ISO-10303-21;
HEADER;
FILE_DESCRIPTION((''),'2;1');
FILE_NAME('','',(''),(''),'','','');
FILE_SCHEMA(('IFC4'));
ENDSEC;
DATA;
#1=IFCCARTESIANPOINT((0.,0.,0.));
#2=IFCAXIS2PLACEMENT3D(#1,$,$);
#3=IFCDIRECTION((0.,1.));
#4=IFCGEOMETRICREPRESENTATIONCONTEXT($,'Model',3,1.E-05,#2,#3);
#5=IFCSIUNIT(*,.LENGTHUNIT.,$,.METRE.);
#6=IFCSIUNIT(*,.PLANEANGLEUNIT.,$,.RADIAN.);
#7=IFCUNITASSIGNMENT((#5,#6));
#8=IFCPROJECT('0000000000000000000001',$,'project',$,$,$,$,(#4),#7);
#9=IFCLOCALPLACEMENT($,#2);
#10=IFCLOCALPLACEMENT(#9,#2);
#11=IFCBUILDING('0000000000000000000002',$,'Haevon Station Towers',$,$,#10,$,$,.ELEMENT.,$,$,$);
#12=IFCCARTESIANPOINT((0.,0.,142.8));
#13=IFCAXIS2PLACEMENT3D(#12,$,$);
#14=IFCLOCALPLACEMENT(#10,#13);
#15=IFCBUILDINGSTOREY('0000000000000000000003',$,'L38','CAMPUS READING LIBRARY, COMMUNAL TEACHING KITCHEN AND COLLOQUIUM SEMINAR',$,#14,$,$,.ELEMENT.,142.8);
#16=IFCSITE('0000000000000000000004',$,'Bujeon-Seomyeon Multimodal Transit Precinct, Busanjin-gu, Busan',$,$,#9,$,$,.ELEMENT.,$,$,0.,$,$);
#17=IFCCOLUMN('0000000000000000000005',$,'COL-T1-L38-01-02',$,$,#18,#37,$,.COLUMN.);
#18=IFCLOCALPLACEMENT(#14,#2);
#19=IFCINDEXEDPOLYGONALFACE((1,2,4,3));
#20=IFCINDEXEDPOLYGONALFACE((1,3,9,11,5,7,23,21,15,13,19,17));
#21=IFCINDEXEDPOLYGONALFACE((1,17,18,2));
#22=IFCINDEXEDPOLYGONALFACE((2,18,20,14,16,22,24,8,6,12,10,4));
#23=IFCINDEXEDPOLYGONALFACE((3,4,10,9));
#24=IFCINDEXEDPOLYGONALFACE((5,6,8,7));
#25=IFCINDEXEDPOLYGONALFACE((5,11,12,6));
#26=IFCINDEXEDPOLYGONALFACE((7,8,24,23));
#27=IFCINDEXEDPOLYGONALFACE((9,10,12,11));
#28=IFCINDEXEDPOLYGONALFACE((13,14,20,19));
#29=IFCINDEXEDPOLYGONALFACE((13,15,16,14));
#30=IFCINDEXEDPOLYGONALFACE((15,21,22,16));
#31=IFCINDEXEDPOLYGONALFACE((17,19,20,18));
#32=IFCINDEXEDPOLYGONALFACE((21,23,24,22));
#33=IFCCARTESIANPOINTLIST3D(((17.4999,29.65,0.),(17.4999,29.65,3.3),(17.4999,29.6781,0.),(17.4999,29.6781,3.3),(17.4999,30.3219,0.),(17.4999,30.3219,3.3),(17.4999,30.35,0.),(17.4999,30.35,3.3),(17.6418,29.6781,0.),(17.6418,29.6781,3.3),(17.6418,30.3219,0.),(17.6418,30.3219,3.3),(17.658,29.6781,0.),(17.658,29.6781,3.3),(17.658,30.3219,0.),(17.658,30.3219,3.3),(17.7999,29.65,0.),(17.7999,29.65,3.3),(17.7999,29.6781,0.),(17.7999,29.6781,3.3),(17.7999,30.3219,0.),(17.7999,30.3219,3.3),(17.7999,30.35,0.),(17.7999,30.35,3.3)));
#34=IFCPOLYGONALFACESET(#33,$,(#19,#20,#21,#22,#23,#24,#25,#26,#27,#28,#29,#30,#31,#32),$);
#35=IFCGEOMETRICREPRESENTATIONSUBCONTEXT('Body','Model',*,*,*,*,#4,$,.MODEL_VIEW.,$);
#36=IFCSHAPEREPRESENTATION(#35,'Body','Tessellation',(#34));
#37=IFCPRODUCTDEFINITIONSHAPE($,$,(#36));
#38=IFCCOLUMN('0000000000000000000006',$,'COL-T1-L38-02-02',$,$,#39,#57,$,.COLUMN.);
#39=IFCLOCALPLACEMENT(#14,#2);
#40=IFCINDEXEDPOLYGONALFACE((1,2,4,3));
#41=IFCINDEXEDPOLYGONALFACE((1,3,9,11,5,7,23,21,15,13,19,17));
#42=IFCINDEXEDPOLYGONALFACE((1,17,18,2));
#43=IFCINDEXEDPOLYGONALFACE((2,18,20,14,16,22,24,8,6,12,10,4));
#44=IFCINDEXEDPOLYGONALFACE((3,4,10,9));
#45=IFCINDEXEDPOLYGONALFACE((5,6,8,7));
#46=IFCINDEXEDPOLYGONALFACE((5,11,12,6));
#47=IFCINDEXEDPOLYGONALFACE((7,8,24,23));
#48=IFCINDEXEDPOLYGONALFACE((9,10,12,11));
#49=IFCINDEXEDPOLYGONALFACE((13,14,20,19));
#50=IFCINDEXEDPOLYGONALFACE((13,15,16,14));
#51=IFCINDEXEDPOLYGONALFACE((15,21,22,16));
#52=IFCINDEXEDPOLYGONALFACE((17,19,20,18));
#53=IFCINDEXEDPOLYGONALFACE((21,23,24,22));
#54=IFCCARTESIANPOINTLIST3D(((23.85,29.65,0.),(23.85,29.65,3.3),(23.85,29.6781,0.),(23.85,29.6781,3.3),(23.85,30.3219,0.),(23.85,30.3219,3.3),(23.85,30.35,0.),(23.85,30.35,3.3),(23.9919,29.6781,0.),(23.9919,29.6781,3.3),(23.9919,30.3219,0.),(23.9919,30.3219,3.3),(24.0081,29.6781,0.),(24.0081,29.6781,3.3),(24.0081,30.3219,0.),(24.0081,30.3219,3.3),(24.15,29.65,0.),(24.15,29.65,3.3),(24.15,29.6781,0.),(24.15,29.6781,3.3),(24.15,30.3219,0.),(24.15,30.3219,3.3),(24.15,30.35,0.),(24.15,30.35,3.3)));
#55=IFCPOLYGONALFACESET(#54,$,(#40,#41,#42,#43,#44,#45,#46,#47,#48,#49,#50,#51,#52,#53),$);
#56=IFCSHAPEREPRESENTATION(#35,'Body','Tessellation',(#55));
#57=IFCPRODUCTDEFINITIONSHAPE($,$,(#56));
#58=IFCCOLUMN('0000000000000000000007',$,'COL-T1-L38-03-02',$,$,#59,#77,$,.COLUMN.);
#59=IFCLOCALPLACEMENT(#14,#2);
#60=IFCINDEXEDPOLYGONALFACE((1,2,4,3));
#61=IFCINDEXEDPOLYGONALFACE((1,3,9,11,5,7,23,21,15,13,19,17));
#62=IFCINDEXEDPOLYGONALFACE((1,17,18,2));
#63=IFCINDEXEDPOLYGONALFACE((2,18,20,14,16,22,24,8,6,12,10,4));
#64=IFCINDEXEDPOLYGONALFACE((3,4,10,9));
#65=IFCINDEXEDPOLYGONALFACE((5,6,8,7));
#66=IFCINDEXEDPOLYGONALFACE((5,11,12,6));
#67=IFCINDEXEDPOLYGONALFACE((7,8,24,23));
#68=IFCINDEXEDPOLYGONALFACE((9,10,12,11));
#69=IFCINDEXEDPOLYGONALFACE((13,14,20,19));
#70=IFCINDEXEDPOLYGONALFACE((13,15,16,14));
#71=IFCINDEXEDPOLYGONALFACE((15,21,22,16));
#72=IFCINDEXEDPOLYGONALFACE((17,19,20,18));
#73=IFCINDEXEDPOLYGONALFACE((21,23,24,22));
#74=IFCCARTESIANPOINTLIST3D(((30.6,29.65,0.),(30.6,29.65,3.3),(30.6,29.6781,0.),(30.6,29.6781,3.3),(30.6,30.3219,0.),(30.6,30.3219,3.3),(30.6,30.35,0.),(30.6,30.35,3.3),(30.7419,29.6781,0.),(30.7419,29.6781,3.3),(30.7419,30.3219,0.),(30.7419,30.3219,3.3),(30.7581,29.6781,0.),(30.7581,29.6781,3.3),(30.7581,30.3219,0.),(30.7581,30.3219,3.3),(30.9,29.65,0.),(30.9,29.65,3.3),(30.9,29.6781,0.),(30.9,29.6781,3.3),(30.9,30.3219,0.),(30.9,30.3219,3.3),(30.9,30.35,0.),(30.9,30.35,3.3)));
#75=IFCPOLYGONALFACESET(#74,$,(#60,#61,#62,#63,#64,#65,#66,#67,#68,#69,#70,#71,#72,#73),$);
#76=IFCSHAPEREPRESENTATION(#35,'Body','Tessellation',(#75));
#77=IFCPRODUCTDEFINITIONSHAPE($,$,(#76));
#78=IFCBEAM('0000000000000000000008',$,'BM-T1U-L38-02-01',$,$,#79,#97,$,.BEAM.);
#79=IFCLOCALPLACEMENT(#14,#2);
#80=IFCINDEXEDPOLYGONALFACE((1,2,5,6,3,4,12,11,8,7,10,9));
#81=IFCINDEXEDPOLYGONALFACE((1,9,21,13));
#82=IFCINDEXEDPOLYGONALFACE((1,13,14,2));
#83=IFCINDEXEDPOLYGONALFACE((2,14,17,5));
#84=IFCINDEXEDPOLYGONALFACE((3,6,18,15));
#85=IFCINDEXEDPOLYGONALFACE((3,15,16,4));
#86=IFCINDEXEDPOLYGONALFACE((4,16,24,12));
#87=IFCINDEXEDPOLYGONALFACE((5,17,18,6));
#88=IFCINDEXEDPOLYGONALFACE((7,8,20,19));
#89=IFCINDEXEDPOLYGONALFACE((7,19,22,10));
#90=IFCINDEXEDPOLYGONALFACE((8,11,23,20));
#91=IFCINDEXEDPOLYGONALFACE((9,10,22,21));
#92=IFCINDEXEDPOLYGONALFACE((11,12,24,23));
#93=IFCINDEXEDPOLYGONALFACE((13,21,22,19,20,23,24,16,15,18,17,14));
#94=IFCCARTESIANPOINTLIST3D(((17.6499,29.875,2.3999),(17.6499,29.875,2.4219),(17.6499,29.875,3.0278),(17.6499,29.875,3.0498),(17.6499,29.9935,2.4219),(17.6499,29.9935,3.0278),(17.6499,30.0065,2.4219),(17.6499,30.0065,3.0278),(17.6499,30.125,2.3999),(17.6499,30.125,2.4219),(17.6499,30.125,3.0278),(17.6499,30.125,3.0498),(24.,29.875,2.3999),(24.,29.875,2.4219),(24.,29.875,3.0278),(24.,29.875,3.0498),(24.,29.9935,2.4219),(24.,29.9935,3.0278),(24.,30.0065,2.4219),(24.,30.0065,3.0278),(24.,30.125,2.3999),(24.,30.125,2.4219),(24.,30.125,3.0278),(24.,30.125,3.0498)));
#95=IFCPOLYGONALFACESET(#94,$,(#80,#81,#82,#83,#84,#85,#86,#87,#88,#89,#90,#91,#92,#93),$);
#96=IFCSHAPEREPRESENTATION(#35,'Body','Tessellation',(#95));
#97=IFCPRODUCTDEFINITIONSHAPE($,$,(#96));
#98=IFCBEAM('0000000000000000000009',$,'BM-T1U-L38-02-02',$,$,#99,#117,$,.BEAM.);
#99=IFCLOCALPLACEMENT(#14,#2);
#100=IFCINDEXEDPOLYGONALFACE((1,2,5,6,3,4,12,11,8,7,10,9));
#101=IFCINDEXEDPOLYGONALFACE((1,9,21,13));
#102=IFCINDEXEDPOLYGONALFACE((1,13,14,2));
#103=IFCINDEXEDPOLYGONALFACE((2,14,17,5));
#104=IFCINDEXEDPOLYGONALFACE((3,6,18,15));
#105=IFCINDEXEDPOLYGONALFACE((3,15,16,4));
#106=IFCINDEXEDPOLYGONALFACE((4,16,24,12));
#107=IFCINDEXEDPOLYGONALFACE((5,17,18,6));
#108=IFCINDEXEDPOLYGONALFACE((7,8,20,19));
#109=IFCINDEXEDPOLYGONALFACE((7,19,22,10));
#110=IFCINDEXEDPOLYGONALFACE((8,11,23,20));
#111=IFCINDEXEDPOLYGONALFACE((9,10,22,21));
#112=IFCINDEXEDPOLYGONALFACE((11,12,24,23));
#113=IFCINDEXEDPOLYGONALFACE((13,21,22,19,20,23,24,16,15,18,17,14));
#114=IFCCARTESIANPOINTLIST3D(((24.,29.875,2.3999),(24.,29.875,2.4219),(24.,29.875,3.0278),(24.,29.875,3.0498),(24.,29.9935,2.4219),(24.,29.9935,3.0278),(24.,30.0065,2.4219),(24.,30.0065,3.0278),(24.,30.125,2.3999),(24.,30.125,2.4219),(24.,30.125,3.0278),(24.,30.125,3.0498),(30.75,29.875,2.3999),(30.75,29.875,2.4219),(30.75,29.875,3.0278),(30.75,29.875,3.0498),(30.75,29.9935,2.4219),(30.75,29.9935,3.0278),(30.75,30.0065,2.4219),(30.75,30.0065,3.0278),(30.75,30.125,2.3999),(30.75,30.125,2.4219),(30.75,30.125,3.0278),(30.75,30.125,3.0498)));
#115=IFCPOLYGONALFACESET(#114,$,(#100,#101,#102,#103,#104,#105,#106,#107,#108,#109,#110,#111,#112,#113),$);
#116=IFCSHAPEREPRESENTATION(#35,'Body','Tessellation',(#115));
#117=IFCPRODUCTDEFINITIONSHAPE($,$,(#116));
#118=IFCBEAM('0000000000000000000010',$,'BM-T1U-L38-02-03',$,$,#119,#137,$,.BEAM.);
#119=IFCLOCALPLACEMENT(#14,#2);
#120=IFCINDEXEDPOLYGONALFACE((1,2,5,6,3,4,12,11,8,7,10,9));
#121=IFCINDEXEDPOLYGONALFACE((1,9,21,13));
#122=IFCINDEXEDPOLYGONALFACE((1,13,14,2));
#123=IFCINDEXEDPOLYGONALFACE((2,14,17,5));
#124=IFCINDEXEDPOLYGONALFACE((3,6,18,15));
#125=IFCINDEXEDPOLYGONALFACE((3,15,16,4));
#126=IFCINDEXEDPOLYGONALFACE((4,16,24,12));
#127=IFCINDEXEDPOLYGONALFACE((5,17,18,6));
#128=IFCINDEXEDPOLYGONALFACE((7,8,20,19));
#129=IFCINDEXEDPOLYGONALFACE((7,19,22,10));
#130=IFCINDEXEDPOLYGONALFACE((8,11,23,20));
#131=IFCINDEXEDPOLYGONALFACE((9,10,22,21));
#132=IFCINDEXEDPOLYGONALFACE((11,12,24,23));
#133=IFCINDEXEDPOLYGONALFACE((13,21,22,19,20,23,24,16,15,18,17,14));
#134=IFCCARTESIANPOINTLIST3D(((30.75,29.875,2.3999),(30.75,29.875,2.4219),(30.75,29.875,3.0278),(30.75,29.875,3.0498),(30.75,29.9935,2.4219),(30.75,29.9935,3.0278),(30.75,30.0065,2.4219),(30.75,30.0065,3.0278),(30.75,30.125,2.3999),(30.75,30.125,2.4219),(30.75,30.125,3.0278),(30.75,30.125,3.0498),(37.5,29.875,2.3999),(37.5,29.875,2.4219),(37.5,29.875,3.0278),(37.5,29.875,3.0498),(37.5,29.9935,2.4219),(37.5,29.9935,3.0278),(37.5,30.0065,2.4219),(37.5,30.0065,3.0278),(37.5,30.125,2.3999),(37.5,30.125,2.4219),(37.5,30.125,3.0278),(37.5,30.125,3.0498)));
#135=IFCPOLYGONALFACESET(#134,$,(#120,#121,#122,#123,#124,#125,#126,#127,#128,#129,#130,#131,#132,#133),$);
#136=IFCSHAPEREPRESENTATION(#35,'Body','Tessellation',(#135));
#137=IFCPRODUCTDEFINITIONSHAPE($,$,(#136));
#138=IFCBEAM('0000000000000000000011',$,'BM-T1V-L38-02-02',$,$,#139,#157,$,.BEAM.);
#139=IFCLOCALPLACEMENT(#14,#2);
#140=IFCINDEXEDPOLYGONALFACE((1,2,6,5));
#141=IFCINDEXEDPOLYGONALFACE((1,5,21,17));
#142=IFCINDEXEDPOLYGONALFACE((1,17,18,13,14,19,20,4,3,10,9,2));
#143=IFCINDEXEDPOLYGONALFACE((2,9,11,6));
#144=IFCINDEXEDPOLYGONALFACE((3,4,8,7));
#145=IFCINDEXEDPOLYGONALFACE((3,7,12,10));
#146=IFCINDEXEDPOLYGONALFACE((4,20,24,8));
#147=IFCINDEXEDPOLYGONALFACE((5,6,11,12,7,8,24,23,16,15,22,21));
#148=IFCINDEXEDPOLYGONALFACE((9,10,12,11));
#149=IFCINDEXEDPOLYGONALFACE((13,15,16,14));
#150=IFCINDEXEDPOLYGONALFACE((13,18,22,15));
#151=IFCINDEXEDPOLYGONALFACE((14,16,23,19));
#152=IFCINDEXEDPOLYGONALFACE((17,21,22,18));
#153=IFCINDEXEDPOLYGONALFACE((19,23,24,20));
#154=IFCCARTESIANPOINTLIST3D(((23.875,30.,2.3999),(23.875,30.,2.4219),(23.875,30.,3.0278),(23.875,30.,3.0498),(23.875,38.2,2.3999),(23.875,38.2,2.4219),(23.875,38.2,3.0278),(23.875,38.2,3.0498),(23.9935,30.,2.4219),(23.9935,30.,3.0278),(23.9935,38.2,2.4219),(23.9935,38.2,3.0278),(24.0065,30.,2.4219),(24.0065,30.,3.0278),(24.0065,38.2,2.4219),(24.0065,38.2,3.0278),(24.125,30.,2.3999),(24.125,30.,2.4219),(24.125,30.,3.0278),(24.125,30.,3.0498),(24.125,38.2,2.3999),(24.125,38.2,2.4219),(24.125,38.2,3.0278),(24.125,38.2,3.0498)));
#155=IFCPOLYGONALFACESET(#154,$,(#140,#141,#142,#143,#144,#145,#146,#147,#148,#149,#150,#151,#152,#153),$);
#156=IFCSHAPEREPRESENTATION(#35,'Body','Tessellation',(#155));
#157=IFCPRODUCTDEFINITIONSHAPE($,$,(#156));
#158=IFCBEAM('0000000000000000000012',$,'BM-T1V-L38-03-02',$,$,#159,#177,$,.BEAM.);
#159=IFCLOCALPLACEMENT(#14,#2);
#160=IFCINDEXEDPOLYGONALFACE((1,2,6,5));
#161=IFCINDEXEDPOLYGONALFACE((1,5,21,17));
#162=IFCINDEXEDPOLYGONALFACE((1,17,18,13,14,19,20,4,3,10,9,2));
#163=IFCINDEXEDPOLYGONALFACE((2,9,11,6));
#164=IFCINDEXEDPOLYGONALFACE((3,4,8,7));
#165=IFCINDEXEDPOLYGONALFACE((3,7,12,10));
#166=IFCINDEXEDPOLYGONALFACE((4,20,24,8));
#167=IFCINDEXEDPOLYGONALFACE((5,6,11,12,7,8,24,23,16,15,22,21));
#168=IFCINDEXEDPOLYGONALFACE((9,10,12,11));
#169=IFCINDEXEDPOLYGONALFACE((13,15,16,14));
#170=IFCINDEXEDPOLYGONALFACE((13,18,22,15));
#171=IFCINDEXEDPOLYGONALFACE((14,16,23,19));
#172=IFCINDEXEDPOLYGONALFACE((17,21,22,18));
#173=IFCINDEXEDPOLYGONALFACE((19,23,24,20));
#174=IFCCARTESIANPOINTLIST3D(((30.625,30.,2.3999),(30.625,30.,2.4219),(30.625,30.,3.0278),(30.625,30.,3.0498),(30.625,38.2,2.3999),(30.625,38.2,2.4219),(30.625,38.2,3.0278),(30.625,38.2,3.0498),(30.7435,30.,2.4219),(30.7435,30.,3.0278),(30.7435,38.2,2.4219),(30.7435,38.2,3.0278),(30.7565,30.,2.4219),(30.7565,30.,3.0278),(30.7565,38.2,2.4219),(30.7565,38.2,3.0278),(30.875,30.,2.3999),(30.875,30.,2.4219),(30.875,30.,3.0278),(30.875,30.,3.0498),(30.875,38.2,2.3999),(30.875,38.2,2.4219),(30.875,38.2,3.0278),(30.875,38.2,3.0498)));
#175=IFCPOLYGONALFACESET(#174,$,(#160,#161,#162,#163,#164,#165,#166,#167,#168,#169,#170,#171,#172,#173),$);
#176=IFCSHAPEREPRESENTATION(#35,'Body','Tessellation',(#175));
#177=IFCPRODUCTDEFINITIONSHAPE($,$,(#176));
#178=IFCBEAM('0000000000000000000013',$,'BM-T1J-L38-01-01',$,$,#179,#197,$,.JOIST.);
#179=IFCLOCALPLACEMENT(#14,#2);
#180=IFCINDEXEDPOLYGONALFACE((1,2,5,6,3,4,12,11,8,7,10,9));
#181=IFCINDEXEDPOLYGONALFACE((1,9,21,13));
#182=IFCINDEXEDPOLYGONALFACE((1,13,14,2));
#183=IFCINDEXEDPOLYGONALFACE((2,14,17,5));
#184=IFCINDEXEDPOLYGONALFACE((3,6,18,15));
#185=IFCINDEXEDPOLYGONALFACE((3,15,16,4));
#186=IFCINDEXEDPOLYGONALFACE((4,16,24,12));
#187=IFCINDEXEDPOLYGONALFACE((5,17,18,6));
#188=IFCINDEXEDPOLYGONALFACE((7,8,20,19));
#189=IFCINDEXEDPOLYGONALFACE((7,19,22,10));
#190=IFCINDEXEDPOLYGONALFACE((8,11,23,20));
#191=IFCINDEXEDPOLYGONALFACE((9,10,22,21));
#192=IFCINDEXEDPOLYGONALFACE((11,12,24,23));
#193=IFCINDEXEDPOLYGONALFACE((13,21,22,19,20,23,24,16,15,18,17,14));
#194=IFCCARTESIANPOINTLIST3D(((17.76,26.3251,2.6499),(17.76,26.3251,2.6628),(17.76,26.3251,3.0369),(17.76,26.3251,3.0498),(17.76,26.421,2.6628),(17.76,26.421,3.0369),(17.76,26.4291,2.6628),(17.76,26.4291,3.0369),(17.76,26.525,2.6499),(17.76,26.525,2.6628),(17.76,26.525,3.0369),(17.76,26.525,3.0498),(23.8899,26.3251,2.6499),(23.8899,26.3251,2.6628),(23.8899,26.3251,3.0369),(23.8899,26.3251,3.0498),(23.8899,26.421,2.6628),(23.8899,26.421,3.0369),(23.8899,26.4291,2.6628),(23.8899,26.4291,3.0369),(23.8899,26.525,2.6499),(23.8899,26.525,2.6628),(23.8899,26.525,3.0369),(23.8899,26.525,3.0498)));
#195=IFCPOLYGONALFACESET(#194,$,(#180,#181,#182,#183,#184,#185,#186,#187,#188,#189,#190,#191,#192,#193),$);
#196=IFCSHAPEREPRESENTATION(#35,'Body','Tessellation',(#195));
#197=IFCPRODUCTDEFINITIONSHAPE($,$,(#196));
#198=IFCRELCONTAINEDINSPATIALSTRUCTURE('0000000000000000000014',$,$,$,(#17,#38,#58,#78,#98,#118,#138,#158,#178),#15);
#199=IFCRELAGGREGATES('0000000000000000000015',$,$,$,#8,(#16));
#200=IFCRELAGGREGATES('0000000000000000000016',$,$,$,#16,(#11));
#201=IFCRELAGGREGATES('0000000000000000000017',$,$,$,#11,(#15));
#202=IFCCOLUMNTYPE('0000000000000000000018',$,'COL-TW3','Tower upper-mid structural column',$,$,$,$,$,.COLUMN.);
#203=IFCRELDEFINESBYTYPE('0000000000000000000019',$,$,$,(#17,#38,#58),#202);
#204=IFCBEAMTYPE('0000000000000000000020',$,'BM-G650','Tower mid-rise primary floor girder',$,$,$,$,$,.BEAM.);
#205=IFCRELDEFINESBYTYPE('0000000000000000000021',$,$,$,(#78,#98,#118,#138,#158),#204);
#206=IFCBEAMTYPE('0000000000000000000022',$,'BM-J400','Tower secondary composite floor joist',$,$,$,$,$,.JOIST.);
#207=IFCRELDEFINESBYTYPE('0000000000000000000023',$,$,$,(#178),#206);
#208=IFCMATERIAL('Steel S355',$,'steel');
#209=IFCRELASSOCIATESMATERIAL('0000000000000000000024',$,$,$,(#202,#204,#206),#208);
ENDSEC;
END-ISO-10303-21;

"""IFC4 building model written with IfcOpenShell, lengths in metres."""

from ifc_helpers import new_model, si_unit, direction, frame, origin, origin_2d, place, context, subcontext, project, spatial, i_section, extrude, material, material_profile, profile_set, type_object, element, save


model = new_model("IFC4")

# Units and contexts
model_context = context("Model", 3, precision=1e-05, world=origin(), true_north=direction((0.0, 1.0)))
body_context = subcontext(model_context, "Body", "Model", "MODEL_VIEW")
ifc_project = project(units=[si_unit("LENGTHUNIT", "METRE"), si_unit("PLANEANGLEUNIT", "RADIAN")], contexts=[model_context])

# Site, building, storey
site_placement = place(None, origin())
site = spatial("IfcSite", under=ifc_project, at=site_placement, Name="Bujeon-Seomyeon Multimodal Transit Precinct, Busanjin-gu, Busan", CompositionType="ELEMENT", RefElevation=0.0)
building_placement = place(site_placement, origin())
building = spatial("IfcBuilding", under=site, at=building_placement, Name="Haevon Station Towers", CompositionType="ELEMENT")
storey_placement = place(building_placement, frame((0.0, 0.0, 142.8)))
storey = spatial("IfcBuildingStorey", under=building, at=storey_placement, Name="L38", Description="CAMPUS READING LIBRARY, COMMUNAL TEACHING KITCHEN AND COLLOQUIUM SEMINAR", CompositionType="ELEMENT", Elevation=142.8)

# Columns
ifc_material_1 = material(Name="Steel S355", Category="steel")
ifc_material_profile_1 = material_profile(ifc_material_1, i_section(OverallWidth=0.3, OverallDepth=0.7, WebThickness=0.0161, FlangeThickness=0.0281, at=origin_2d()), Name="H-700x300x16x28")
ifc_profile_set_1 = profile_set([ifc_material_profile_1], Name="Steel S355")
column_type = type_object("IfcColumnType", Name="COL-TW3", Description="Tower upper-mid structural column", PredefinedType="COLUMN", material=ifc_profile_set_1)
for number, where, z_axis, x_axis, name in (
    (1, (17.6499, 30.0, 0.0), (0.0, 0.0, 1.0), (1.0, 0.0, 0.0), "COL-T1-L38-01-02"),
    (2, (24.0, 30.0, 0.0), (0.0, 0.0, 1.0), (1.0, 0.0, 0.0), "COL-T1-L38-02-02"),
    (3, (30.75, 30.0, 0.0), (0.0, 0.0, 1.0), (1.0, 0.0, 0.0), "COL-T1-L38-03-02"),
):
    element("IfcColumn", number, at=place(storey_placement, frame(where, z_axis=z_axis, x_axis=x_axis)), inside=storey, type_object=column_type, Name=name, PredefinedType="COLUMN", context=body_context, shape_type="SweptSolid", body=[
        extrude(i_section(OverallWidth=0.3, OverallDepth=0.7, WebThickness=0.0161, FlangeThickness=0.0281, at=origin_2d()), origin(), (0.0, 0.0, 1.0), 3.3),
    ])

# Beams
ifc_material_profile_2 = material_profile(ifc_material_1, i_section(OverallWidth=0.25, OverallDepth=0.6499, WebThickness=0.0129, FlangeThickness=0.022, at=origin_2d()), Name="H-650x250x13x22")
ifc_profile_set_2 = profile_set([ifc_material_profile_2], Name="Steel S355")
beam_type_1 = type_object("IfcBeamType", Name="BM-G650", Description="Tower mid-rise primary floor girder", PredefinedType="BEAM", material=ifc_profile_set_2)
beam_1_placement = place(storey_placement, frame((17.6499, 30.0, 2.7249), z_axis=(1.0, 0.0, 0.0), x_axis=(0.0, 1.0, 0.0)))
element("IfcBeam", 4, at=beam_1_placement, inside=storey, type_object=beam_type_1, Name="BM-T1U-L38-02-01", PredefinedType="BEAM", context=body_context, shape_type="SweptSolid", body=[
    extrude(i_section(OverallWidth=0.25, OverallDepth=0.6499, WebThickness=0.0129, FlangeThickness=0.022, at=origin_2d()), origin(), (0.0, 0.0, 1.0), 6.3501),
])
for number, where, z_axis, x_axis, name in (
    (5, (24.0, 30.0, 2.7249), (1.0, 0.0, 0.0), (0.0, 1.0, 0.0), "BM-T1U-L38-02-02"),
    (6, (30.75, 30.0, 2.7249), (1.0, 0.0, 0.0), (0.0, 1.0, 0.0), "BM-T1U-L38-02-03"),
):
    element("IfcBeam", number, at=place(storey_placement, frame(where, z_axis=z_axis, x_axis=x_axis)), inside=storey, type_object=beam_type_1, Name=name, PredefinedType="BEAM", context=body_context, shape_type="SweptSolid", body=[
        extrude(i_section(OverallWidth=0.25, OverallDepth=0.6499, WebThickness=0.0129, FlangeThickness=0.022, at=origin_2d()), origin(), (0.0, 0.0, 1.0), 6.75),
    ])
for number, where, z_axis, x_axis, name in (
    (7, (24.0, 30.0, 2.7249), (0.0, 1.0, 0.0), (-1.0, 0.0, 0.0), "BM-T1V-L38-02-02"),
    (8, (30.75, 30.0, 2.7249), (0.0, 1.0, 0.0), (-1.0, 0.0, 0.0), "BM-T1V-L38-03-02"),
):
    element("IfcBeam", number, at=place(storey_placement, frame(where, z_axis=z_axis, x_axis=x_axis)), inside=storey, type_object=beam_type_1, Name=name, PredefinedType="BEAM", context=body_context, shape_type="SweptSolid", body=[
        extrude(i_section(OverallWidth=0.25, OverallDepth=0.6499, WebThickness=0.0129, FlangeThickness=0.022, at=origin_2d()), origin(), (0.0, 0.0, 1.0), 8.2),
    ])
ifc_material_profile_3 = material_profile(ifc_material_1, i_section(OverallWidth=0.2, OverallDepth=0.3999, WebThickness=0.0081, FlangeThickness=0.0129, at=origin_2d()), Name="H-400x200x8x13")
ifc_profile_set_3 = profile_set([ifc_material_profile_3], Name="Steel S355")
beam_type_2 = type_object("IfcBeamType", Name="BM-J400", Description="Tower secondary composite floor joist", PredefinedType="JOIST", material=ifc_profile_set_3)
beam_2_placement = place(storey_placement, frame((17.76, 26.425, 2.8499), z_axis=(1.0, 0.0, 0.0), x_axis=(0.0, 1.0, 0.0)))
element("IfcBeam", 9, at=beam_2_placement, inside=storey, type_object=beam_type_2, Name="BM-T1J-L38-01-01", PredefinedType="JOIST", context=body_context, shape_type="SweptSolid", body=[
    extrude(i_section(OverallWidth=0.2, OverallDepth=0.3999, WebThickness=0.0081, FlangeThickness=0.0129, at=origin_2d()), origin(), (0.0, 0.0, 1.0), 6.1299),
])

save(model, "model.ifc")
